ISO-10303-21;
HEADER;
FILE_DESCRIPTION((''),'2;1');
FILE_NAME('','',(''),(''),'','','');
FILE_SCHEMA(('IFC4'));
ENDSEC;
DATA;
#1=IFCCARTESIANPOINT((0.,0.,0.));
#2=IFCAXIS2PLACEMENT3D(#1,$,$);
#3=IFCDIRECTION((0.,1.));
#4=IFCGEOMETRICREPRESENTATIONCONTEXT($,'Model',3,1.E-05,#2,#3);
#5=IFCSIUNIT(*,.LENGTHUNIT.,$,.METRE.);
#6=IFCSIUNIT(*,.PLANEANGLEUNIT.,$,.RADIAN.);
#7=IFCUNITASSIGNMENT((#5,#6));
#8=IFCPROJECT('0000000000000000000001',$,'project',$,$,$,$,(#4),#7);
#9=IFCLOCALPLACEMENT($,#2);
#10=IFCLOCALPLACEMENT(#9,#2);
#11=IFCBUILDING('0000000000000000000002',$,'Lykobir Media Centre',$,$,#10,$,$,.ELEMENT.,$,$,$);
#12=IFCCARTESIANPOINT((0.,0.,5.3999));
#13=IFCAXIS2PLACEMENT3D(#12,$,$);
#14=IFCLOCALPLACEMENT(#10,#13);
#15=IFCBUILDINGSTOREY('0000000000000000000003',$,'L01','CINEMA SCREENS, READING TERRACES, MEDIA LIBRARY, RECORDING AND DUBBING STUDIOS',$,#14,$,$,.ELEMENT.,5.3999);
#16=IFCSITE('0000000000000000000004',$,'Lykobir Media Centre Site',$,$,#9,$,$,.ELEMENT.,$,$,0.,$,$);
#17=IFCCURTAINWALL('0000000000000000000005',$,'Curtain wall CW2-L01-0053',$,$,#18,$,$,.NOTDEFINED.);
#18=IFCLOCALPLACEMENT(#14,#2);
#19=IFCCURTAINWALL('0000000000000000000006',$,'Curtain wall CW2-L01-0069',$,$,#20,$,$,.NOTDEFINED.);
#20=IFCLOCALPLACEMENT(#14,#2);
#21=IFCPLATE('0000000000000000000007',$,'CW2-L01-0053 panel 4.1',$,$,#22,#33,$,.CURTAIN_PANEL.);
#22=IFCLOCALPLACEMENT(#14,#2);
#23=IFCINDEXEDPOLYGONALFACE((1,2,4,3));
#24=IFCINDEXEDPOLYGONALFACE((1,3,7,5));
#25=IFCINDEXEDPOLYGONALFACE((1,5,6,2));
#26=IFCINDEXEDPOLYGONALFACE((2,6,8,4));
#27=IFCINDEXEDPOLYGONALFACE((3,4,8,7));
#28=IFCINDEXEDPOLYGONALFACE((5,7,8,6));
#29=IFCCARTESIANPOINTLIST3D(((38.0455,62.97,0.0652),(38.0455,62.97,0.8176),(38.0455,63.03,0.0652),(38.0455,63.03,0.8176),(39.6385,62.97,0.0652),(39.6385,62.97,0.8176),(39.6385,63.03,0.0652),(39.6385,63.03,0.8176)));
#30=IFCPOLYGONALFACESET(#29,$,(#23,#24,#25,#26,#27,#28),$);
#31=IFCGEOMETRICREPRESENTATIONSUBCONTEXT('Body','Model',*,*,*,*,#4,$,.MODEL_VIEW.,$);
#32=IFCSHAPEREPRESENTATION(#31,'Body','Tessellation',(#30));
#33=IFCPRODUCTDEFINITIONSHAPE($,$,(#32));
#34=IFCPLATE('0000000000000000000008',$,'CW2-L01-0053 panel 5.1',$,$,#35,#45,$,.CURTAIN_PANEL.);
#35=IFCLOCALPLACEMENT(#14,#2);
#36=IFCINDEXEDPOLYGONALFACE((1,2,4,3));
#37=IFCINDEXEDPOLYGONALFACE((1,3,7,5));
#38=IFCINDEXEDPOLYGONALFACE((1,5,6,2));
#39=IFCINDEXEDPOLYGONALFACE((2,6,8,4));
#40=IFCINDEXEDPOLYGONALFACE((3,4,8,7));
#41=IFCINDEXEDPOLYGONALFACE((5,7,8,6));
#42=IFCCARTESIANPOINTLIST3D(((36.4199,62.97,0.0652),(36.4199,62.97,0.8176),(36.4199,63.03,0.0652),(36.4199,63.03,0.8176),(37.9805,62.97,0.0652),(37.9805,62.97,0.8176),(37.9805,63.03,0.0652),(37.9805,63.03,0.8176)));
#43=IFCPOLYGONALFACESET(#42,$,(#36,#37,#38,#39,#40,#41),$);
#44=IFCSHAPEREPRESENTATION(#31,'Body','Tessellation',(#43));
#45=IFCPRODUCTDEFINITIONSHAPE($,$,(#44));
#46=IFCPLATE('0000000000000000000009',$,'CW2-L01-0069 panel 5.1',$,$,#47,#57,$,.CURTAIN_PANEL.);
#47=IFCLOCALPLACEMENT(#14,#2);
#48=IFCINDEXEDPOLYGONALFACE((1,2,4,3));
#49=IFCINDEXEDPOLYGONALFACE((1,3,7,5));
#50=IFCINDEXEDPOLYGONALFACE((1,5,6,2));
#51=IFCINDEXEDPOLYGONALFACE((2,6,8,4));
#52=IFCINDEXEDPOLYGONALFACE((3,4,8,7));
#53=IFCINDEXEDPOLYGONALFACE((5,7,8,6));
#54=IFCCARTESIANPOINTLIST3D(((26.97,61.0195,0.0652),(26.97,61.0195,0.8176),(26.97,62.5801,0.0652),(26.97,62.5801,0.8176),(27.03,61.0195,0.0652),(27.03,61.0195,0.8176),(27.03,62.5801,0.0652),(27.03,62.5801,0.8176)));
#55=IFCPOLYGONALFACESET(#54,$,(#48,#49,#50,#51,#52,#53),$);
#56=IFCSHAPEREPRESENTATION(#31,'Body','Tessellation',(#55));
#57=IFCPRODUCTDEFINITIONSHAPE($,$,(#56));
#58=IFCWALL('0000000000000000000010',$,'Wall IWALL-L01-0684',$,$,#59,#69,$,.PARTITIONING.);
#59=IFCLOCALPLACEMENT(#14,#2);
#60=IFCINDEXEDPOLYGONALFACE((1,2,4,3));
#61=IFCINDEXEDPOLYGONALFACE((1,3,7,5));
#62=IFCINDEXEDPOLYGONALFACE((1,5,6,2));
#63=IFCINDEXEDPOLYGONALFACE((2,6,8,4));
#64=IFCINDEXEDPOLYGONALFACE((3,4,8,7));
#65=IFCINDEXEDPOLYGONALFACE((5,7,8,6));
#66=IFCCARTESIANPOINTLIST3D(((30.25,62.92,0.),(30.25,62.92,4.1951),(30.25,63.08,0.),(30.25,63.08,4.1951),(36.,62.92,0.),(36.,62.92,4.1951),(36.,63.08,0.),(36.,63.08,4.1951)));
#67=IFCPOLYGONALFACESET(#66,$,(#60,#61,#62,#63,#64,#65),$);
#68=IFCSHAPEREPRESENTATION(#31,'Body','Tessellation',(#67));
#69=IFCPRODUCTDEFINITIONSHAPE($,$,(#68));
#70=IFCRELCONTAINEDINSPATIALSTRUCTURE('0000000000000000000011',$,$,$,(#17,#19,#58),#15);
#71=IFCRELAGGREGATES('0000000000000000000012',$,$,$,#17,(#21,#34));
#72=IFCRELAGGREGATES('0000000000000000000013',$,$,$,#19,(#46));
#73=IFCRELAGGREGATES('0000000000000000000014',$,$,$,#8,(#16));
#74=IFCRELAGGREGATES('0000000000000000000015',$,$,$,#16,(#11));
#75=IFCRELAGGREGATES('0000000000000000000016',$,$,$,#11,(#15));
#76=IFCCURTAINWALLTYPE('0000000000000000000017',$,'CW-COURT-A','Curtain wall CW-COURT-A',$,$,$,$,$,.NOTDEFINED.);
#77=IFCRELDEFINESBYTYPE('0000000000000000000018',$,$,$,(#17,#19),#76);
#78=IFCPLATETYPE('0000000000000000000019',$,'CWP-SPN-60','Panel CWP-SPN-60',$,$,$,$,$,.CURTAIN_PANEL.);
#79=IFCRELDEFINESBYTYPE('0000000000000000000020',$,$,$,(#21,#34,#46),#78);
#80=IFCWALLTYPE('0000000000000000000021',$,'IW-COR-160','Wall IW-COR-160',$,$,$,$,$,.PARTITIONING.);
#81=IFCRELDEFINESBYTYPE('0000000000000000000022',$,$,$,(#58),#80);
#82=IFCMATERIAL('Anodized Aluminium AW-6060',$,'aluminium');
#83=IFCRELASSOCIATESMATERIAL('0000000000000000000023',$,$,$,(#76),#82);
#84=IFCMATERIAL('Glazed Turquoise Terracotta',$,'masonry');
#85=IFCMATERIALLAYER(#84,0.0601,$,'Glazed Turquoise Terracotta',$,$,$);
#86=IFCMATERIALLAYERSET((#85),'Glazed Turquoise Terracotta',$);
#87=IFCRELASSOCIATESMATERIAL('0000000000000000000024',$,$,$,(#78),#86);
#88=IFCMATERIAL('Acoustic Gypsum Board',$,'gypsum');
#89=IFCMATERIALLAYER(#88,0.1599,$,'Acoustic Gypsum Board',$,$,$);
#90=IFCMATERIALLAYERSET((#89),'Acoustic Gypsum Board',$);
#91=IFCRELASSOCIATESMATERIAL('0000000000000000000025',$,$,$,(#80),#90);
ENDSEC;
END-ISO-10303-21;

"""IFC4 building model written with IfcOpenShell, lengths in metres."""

from ifc_helpers import new_model, si_unit, direction, frame, frame_2d, origin, origin_2d, place, context, subcontext, project, spatial, rectangle, extrude, material, layer, layer_set, type_object, element, aggregate, save


model = new_model("IFC4")

# Units and contexts
model_context = context("Model", 3, precision=1e-05, world=origin(), true_north=direction((0.0, 1.0)))
body_context = subcontext(model_context, "Body", "Model", "MODEL_VIEW")
ifc_project = project(units=[si_unit("LENGTHUNIT", "METRE"), si_unit("PLANEANGLEUNIT", "RADIAN")], contexts=[model_context])

# Site, building, storey
site_placement = place(None, origin())
site = spatial("IfcSite", under=ifc_project, at=site_placement, Name="Lykobir Media Centre Site", CompositionType="ELEMENT", RefElevation=0.0)
building_placement = place(site_placement, origin())
building = spatial("IfcBuilding", under=site, at=building_placement, Name="Lykobir Media Centre", CompositionType="ELEMENT")
storey_placement = place(building_placement, frame((0.0, 0.0, 5.3999)))
storey = spatial("IfcBuildingStorey", under=building, at=storey_placement, Name="L01", Description="CINEMA SCREENS, READING TERRACES, MEDIA LIBRARY, RECORDING AND DUBBING STUDIOS", CompositionType="ELEMENT", Elevation=5.3999)

# Curtain wall
ifc_material_1 = material(Name="Anodized Aluminium AW-6060", Category="aluminium")
curtain_wall_type = type_object("IfcCurtainWallType", Name="CW-COURT-A", Description="Curtain wall CW-COURT-A", PredefinedType="NOTDEFINED", material=ifc_material_1)
curtain_wall_1_placement = place(storey_placement, origin())
curtain_wall_1 = element("IfcCurtainWall", 1, at=curtain_wall_1_placement, inside=storey, type_object=curtain_wall_type, Name="Curtain wall CW2-L01-0053", PredefinedType="NOTDEFINED")

# Curtain wall
curtain_wall_2_placement = place(storey_placement, origin())
curtain_wall_2 = element("IfcCurtainWall", 2, at=curtain_wall_2_placement, inside=storey, type_object=curtain_wall_type, Name="Curtain wall CW2-L01-0069", PredefinedType="NOTDEFINED")

# Plates
ifc_material_2 = material(Name="Glazed Turquoise Terracotta", Category="masonry")
ifc_layer_1 = layer(ifc_material_2, 0.0601, Name="Glazed Turquoise Terracotta")
ifc_layer_set_1 = layer_set([ifc_layer_1], Name="Glazed Turquoise Terracotta")
plate_type_1 = type_object("IfcPlateType", Name="CWP-SPN-60", Description="Panel CWP-SPN-60", PredefinedType="CURTAIN_PANEL", material=ifc_layer_set_1)
plate_1_placement = place(storey_placement, frame((38.842, 63.0, 0.0652), z_axis=(0.0, 0.0, 1.0), x_axis=(-1.0, 0.0, 0.0)))
plate_1 = element("IfcPlate", 3, at=plate_1_placement, type_object=plate_type_1, Name="CW2-L01-0053 panel 4.1", PredefinedType="CURTAIN_PANEL", context=body_context, shape_type="SweptSolid", body=[
    extrude(rectangle(XDim=1.593, YDim=0.0601, at=origin_2d()), origin(), (0.0, 0.0, 1.0), 0.7524),
])
plate_2_placement = place(storey_placement, frame((37.2002, 63.0, 0.0652), z_axis=(0.0, 0.0, 1.0), x_axis=(-1.0, 0.0, 0.0)))
plate_2 = element("IfcPlate", 4, at=plate_2_placement, type_object=plate_type_1, Name="CW2-L01-0053 panel 5.1", PredefinedType="CURTAIN_PANEL", context=body_context, shape_type="SweptSolid", body=[
    extrude(rectangle(XDim=1.5605, YDim=0.0601, at=origin_2d()), origin(), (0.0, 0.0, 1.0), 0.7524),
])
aggregate(curtain_wall_1, [plate_1, plate_2])
plate_3_placement = place(storey_placement, frame((27.0, 61.7998, 0.0652), z_axis=(0.0, 0.0, 1.0), x_axis=(0.0, 1.0, 0.0)))
plate_3 = element("IfcPlate", 5, at=plate_3_placement, type_object=plate_type_1, Name="CW2-L01-0069 panel 5.1", PredefinedType="CURTAIN_PANEL", context=body_context, shape_type="SweptSolid", body=[
    extrude(rectangle(XDim=1.5605, YDim=0.0601, at=origin_2d()), origin(), (0.0, 0.0, 1.0), 0.7524),
])
aggregate(curtain_wall_2, [plate_3])

# Wall
ifc_material_3 = material(Name="Acoustic Gypsum Board", Category="gypsum")
ifc_layer_2 = layer(ifc_material_3, 0.1599, Name="Acoustic Gypsum Board")
ifc_layer_set_2 = layer_set([ifc_layer_2], Name="Acoustic Gypsum Board")
wall_type = type_object("IfcWallType", Name="IW-COR-160", Description="Wall IW-COR-160", PredefinedType="PARTITIONING", material=ifc_layer_set_2)
wall_placement = place(storey_placement, frame((30.25, 63.0, 0.0), z_axis=(0.0, 0.0, 1.0), x_axis=(1.0, 0.0, 0.0)))
element("IfcWall", 6, at=wall_placement, inside=storey, type_object=wall_type, Name="Wall IWALL-L01-0684", PredefinedType="PARTITIONING", context=body_context, shape_type="SweptSolid", body=[
    extrude(rectangle(XDim=5.75, YDim=0.1599, at=frame_2d((2.875, 0.0))), origin(), (0.0, 0.0, 1.0), 4.1951),
])

save(model, "model.ifc")
